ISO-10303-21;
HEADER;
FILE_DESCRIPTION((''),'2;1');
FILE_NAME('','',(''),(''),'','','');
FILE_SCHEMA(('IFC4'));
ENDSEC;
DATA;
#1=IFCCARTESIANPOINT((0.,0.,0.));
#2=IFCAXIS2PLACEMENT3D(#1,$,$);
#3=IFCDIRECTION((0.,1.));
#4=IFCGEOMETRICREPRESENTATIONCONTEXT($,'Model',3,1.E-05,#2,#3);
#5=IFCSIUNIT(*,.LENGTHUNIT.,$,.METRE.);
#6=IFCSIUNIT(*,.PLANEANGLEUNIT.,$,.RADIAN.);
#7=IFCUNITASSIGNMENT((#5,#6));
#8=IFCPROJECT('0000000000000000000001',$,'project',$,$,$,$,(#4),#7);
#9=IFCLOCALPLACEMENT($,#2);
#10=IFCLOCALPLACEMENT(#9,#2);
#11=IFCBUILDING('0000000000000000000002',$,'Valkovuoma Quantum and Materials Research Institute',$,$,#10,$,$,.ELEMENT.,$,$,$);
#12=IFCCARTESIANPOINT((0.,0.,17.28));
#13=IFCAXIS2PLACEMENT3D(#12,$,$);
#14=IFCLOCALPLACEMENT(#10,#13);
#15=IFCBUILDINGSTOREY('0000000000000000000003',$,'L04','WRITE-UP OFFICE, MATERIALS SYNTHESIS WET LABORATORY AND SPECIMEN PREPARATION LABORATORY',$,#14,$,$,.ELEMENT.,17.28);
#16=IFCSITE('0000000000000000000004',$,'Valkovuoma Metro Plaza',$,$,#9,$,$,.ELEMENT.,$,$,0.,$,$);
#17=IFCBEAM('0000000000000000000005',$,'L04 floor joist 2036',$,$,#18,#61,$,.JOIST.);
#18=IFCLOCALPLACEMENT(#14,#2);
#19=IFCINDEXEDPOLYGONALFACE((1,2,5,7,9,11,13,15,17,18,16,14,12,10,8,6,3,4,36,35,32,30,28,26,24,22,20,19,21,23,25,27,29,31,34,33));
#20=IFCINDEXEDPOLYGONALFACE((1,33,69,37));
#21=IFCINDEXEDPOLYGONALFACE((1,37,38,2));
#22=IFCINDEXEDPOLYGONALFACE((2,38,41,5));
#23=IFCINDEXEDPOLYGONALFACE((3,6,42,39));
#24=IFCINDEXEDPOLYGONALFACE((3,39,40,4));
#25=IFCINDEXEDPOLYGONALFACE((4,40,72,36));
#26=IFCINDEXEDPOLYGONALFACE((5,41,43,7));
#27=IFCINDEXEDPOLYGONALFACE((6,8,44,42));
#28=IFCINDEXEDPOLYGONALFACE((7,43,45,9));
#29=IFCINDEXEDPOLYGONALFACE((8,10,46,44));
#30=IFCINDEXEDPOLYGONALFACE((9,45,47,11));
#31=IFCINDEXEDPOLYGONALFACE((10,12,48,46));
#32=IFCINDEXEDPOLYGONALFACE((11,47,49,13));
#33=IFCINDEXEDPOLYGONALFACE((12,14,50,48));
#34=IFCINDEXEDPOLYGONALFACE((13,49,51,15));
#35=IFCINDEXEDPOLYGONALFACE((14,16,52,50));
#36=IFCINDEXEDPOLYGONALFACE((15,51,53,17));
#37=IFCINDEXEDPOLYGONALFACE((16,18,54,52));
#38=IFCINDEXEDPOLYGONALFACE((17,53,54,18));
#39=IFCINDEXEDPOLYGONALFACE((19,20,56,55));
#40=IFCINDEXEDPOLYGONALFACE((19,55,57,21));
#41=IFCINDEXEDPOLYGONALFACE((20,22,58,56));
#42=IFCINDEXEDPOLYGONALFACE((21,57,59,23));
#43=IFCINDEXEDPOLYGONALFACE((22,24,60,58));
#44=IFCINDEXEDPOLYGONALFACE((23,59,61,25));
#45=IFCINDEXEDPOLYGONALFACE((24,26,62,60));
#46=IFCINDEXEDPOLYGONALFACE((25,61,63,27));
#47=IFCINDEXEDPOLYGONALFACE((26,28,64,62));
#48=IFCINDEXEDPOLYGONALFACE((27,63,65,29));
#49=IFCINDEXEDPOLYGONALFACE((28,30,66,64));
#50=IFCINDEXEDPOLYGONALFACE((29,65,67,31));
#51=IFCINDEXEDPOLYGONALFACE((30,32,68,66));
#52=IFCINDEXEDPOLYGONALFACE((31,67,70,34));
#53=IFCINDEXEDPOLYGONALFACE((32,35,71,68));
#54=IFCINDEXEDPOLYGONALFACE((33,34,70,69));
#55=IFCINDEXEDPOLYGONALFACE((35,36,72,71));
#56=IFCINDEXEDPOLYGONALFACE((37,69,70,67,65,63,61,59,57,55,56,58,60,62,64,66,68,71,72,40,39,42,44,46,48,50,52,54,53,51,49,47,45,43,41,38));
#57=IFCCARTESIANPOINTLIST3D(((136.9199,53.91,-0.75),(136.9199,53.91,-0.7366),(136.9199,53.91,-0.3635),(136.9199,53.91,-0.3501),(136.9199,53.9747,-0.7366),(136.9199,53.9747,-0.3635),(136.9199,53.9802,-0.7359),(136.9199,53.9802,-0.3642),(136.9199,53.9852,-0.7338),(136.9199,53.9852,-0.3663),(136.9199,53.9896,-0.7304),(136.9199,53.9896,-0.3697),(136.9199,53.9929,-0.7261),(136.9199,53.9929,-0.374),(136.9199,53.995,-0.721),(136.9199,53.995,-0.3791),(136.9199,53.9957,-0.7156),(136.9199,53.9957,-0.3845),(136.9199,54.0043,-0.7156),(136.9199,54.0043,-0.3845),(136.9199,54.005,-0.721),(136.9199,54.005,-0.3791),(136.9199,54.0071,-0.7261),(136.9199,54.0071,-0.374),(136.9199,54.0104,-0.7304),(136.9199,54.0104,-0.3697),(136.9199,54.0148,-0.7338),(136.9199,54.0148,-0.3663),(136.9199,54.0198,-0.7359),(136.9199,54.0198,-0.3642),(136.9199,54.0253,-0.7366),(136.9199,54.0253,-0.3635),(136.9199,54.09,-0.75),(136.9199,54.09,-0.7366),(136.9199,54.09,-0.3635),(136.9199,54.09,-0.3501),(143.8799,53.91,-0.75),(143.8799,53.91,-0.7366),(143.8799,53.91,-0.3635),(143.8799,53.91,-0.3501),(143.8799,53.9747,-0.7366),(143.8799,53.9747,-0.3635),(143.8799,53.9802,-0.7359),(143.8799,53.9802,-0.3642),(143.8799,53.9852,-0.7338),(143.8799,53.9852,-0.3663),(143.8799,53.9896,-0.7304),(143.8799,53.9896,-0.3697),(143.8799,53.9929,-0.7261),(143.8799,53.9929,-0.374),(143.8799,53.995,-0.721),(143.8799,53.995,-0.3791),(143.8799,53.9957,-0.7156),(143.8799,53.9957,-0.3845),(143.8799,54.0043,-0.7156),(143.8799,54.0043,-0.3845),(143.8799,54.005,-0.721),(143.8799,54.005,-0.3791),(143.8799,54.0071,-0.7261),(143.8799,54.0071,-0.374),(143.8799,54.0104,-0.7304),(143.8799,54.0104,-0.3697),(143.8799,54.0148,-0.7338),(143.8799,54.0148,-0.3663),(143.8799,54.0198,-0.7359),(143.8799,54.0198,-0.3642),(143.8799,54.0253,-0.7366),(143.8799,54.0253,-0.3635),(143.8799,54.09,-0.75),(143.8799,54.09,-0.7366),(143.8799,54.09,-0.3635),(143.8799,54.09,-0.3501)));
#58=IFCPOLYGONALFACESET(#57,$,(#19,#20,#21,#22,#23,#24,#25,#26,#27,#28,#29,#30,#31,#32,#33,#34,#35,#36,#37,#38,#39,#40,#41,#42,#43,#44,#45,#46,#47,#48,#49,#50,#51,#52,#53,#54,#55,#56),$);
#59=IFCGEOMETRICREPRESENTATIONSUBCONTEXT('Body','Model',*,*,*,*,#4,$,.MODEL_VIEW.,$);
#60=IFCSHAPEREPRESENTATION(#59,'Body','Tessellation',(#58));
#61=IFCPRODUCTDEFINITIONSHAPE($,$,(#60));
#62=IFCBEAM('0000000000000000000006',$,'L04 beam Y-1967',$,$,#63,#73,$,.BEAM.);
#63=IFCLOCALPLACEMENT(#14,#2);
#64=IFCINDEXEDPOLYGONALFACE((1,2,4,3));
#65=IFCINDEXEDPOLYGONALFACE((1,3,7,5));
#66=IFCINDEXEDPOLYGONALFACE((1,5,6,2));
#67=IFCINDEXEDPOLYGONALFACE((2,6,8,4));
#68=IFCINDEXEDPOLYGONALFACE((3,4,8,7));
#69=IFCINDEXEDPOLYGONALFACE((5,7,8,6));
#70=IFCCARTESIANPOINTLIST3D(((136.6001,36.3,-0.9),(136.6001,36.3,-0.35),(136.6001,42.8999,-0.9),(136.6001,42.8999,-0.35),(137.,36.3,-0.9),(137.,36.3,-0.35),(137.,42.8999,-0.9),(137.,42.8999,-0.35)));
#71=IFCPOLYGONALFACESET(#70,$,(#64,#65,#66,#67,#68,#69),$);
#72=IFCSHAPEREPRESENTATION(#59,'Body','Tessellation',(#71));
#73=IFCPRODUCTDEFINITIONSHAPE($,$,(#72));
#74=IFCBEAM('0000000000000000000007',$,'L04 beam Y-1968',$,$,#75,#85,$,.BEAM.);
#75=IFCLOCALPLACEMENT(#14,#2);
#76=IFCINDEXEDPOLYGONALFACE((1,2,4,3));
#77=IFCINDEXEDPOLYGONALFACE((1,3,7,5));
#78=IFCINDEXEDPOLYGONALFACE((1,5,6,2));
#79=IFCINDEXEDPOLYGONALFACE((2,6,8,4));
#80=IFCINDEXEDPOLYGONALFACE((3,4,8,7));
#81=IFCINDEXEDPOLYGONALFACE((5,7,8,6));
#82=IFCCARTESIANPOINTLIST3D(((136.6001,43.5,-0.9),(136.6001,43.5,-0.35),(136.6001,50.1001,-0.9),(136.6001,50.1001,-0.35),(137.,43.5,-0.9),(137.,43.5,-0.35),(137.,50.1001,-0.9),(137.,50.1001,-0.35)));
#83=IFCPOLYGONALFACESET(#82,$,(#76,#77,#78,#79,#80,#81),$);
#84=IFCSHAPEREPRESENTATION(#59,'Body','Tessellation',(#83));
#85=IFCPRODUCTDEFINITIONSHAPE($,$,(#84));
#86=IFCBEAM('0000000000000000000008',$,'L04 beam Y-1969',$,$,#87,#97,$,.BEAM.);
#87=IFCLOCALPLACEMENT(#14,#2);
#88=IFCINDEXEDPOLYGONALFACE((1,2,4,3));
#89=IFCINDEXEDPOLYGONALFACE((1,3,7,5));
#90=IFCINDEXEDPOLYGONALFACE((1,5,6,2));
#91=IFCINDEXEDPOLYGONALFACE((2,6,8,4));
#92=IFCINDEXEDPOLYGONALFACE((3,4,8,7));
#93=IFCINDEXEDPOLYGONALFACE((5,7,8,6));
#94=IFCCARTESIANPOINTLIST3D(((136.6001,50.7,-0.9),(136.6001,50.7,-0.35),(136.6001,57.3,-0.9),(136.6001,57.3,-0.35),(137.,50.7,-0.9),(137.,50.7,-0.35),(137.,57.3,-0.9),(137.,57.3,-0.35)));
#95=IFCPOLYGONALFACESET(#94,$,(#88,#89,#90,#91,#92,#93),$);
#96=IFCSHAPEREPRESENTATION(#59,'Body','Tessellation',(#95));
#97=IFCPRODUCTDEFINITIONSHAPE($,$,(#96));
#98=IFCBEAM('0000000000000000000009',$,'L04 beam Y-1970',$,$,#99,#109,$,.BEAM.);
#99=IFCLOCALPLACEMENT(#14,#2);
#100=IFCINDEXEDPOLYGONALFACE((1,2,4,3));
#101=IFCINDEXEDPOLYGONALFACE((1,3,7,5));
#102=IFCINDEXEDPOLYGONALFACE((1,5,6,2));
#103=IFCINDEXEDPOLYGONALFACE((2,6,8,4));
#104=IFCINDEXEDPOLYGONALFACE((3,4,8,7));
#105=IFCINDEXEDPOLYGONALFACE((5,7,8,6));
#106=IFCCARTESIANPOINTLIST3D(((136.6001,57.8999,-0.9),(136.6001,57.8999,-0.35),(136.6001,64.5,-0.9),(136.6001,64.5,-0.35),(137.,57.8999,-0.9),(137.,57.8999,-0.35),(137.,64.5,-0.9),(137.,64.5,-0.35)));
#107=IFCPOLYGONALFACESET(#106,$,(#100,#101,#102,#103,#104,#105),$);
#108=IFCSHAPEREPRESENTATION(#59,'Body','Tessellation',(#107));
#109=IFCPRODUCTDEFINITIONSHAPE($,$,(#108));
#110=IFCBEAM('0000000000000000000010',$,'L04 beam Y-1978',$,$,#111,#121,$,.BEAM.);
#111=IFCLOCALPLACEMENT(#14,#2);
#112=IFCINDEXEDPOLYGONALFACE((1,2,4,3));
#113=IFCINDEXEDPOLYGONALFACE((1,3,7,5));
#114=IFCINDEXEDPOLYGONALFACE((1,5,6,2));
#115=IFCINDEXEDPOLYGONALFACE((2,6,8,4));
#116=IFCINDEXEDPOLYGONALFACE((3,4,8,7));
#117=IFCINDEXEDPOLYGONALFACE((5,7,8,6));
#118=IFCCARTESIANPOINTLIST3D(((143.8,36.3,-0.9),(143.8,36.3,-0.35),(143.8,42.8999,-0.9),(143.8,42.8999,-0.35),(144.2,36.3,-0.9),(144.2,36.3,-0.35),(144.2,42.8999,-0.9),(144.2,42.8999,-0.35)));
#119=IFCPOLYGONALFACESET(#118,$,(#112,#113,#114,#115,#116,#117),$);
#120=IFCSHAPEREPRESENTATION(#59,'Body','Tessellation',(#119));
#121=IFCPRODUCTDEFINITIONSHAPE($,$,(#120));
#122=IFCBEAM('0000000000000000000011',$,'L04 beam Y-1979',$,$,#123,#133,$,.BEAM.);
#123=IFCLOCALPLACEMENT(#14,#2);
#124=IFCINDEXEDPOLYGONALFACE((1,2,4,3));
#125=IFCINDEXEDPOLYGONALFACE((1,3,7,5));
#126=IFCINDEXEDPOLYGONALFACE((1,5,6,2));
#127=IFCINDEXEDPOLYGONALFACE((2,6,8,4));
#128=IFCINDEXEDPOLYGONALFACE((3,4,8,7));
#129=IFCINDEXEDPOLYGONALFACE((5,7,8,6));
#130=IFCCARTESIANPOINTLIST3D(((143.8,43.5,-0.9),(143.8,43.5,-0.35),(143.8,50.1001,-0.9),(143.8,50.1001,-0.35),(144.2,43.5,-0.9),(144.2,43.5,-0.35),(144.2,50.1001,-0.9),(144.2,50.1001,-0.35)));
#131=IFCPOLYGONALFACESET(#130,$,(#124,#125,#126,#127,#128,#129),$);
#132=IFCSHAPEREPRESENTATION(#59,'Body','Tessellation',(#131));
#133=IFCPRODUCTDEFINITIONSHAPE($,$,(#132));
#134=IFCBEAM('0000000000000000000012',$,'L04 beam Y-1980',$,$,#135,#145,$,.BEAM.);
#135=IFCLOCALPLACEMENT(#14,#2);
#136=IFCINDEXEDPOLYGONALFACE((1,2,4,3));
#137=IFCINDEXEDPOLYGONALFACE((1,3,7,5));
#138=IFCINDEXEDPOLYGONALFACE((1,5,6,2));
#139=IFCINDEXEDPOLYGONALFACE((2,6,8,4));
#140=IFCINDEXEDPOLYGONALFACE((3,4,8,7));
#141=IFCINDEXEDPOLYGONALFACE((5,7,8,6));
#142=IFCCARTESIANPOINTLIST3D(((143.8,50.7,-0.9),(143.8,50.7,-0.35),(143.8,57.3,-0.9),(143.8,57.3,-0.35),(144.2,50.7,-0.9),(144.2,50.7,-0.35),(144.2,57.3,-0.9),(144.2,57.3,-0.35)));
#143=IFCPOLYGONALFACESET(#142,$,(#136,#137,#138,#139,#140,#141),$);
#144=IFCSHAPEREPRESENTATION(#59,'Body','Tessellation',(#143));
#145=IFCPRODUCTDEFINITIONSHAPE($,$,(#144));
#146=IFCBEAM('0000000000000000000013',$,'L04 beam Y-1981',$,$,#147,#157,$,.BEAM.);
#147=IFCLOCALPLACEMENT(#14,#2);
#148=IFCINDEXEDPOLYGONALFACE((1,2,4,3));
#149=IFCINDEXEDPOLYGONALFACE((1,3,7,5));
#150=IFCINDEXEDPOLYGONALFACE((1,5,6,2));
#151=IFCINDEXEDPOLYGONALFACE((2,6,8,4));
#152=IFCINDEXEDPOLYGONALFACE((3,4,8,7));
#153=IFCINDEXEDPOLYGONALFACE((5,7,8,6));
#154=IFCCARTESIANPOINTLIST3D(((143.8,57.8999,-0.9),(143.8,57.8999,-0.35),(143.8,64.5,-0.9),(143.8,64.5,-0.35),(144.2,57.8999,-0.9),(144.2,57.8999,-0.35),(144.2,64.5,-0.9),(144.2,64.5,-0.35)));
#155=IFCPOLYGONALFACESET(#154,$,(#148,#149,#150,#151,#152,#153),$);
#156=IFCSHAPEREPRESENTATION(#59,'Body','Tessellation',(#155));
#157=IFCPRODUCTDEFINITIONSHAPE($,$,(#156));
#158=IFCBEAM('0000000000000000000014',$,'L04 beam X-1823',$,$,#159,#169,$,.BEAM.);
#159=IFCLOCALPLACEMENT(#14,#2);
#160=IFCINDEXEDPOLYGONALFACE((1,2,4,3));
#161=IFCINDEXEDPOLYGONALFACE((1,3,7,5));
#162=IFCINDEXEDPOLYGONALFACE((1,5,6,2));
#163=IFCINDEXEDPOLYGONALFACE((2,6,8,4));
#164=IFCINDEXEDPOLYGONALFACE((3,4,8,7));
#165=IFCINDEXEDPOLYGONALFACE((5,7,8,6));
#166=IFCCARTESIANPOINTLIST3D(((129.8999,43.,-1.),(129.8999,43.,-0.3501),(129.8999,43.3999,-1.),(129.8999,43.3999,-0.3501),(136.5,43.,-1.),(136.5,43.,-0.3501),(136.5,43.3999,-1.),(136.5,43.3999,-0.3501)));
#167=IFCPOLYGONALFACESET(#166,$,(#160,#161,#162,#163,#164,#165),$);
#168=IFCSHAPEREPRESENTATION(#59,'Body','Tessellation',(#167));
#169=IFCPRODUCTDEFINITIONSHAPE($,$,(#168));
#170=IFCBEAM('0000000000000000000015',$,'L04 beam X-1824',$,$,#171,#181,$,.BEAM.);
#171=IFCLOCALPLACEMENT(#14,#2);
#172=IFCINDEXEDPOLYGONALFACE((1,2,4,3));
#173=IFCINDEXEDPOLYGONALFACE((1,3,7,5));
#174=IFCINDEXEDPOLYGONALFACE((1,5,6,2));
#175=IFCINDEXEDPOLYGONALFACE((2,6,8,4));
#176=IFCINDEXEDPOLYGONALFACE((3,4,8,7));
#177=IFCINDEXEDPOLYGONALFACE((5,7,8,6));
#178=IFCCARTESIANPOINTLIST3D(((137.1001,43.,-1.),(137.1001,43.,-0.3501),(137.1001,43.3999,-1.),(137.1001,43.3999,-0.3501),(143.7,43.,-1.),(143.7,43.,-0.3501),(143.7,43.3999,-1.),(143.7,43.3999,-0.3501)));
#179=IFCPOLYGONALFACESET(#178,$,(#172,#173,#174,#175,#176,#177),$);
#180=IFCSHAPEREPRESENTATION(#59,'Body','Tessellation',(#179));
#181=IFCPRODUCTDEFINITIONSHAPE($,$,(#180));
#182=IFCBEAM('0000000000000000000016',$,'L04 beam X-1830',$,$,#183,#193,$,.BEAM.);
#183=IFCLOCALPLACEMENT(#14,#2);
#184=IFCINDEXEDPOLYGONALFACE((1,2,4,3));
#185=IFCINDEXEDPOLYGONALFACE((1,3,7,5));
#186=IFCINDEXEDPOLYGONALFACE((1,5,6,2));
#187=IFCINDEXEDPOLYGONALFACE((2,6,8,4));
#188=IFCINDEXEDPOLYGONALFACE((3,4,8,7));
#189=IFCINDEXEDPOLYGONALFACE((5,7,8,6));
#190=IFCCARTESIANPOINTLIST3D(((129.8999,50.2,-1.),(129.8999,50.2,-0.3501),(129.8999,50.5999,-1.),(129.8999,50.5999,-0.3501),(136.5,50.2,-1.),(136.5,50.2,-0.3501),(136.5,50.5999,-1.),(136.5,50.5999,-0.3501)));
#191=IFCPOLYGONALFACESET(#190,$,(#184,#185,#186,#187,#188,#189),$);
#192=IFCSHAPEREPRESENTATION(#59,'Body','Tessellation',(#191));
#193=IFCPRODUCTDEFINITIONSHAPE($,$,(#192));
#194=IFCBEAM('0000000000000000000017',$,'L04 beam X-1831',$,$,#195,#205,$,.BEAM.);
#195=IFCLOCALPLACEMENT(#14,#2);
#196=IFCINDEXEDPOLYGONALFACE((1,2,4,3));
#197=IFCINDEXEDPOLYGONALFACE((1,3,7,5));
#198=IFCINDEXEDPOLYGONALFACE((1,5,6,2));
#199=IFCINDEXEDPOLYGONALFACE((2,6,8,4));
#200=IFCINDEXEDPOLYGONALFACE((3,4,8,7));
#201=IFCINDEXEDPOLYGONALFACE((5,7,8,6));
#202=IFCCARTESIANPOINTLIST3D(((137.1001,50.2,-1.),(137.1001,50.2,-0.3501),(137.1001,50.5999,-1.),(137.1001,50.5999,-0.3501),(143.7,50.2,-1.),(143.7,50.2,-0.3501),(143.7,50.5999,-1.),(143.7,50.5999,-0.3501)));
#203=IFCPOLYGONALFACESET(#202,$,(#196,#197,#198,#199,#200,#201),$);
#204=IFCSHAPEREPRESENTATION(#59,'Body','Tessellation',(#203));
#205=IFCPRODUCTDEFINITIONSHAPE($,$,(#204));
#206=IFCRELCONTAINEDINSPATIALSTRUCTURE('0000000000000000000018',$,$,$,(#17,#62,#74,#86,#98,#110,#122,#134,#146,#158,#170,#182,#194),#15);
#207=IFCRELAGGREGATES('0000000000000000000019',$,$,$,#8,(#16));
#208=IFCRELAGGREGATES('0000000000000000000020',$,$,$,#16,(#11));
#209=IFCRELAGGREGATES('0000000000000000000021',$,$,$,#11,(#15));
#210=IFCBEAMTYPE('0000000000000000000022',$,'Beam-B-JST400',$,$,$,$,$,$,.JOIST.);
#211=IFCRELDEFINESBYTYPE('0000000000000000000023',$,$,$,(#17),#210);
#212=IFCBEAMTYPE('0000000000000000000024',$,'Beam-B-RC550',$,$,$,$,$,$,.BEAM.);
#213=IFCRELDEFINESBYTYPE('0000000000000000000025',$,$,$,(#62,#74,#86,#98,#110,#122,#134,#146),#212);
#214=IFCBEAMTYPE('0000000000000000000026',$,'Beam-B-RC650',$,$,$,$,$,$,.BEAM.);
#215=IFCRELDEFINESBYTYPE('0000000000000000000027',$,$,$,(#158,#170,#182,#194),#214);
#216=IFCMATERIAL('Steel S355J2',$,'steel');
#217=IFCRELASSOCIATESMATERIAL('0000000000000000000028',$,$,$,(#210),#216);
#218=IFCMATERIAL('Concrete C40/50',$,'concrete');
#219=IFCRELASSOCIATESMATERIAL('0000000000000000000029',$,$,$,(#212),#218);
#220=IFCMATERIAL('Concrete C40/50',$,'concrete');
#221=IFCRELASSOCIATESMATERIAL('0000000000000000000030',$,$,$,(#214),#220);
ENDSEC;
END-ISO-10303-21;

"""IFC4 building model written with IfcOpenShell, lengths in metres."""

from ifc_helpers import new_model, si_unit, direction, frame, origin, origin_2d, place, context, subcontext, project, spatial, rectangle, i_section, extrude, material, material_profile, profile_set, type_object, element, save


model = new_model("IFC4")

# Units and contexts
model_context = context("Model", 3, precision=1e-05, world=origin(), true_north=direction((0.0, 1.0)))
body_context = subcontext(model_context, "Body", "Model", "MODEL_VIEW")
ifc_project = project(units=[si_unit("LENGTHUNIT", "METRE"), si_unit("PLANEANGLEUNIT", "RADIAN")], contexts=[model_context])

# Site, building, storey
site_placement = place(None, origin())
site = spatial("IfcSite", under=ifc_project, at=site_placement, Name="Valkovuoma Metro Plaza", CompositionType="ELEMENT", RefElevation=0.0)
building_placement = place(site_placement, origin())
building = spatial("IfcBuilding", under=site, at=building_placement, Name="Valkovuoma Quantum and Materials Research Institute", CompositionType="ELEMENT")
storey_placement = place(building_placement, frame((0.0, 0.0, 17.28)))
storey = spatial("IfcBuildingStorey", under=building, at=storey_placement, Name="L04", Description="WRITE-UP OFFICE, MATERIALS SYNTHESIS WET LABORATORY AND SPECIMEN PREPARATION LABORATORY", CompositionType="ELEMENT", Elevation=17.28)

# Beams
ifc_material_1 = material(Name="Steel S355J2", Category="steel")
ifc_material_profile_1 = material_profile(ifc_material_1, i_section(OverallWidth=0.1799, OverallDepth=0.3999, WebThickness=0.0085, FlangeThickness=0.0134, FilletRadius=0.021, at=origin_2d()), Name="Steel S355J2")
ifc_profile_set_1 = profile_set([ifc_material_profile_1], Name="Steel S355J2")
beam_type_1 = type_object("IfcBeamType", Name="Beam-B-JST400", PredefinedType="JOIST", material=ifc_profile_set_1)
for number, where, z_axis, x_axis, name in (
    (1, (136.9199, 54.0, -0.55), (1.0, 0.0, 0.0), (0.0, 1.0, 0.0), "L04 floor joist 2036"),
):
    element("IfcBeam", number, at=place(storey_placement, frame(where, z_axis=z_axis, x_axis=x_axis)), inside=storey, type_object=beam_type_1, Name=name, PredefinedType="JOIST", context=body_context, shape_type="SweptSolid", body=[
        extrude(i_section(OverallWidth=0.1799, OverallDepth=0.3999, WebThickness=0.0085, FlangeThickness=0.0134, FilletRadius=0.021, at=origin_2d()), origin(), (0.0, 0.0, 1.0), 6.96),
    ])
ifc_material_2 = material(Name="Concrete C40/50", Category="concrete")
ifc_material_profile_2 = material_profile(ifc_material_2, rectangle(XDim=0.3999, YDim=0.55, at=origin_2d()), Name="Concrete C40/50")
ifc_profile_set_2 = profile_set([ifc_material_profile_2], Name="Concrete C40/50")
beam_type_2 = type_object("IfcBeamType", Name="Beam-B-RC550", PredefinedType="BEAM", material=ifc_profile_set_2)
beam_1_placement = place(storey_placement, frame((136.8, 36.3, -0.625), z_axis=(0.0, 1.0, 0.0), x_axis=(-1.0, 0.0, 0.0)))
element("IfcBeam", 2, at=beam_1_placement, inside=storey, type_object=beam_type_2, Name="L04 beam Y-1967", PredefinedType="BEAM", context=body_context, shape_type="SweptSolid", body=[
    extrude(rectangle(XDim=0.3999, YDim=0.55, at=origin_2d()), origin(), (0.0, 0.0, 1.0), 6.5999),
])
for number, where, z_axis, x_axis, name in (
    (3, (136.8, 43.5, -0.625), (0.0, 1.0, 0.0), (-1.0, 0.0, 0.0), "L04 beam Y-1968"),
    (4, (136.8, 50.7, -0.625), (0.0, 1.0, 0.0), (-1.0, 0.0, 0.0), "L04 beam Y-1969"),
    (5, (136.8, 57.8999, -0.625), (0.0, 1.0, 0.0), (-1.0, 0.0, 0.0), "L04 beam Y-1970"),
):
    element("IfcBeam", number, at=place(storey_placement, frame(where, z_axis=z_axis, x_axis=x_axis)), inside=storey, type_object=beam_type_2, Name=name, PredefinedType="BEAM", context=body_context, shape_type="SweptSolid", body=[
        extrude(rectangle(XDim=0.3999, YDim=0.55, at=origin_2d()), origin(), (0.0, 0.0, 1.0), 6.6001),
    ])
beam_2_placement = place(storey_placement, frame((144.0, 36.3, -0.625), z_axis=(0.0, 1.0, 0.0), x_axis=(-1.0, 0.0, 0.0)))
element("IfcBeam", 6, at=beam_2_placement, inside=storey, type_object=beam_type_2, Name="L04 beam Y-1978", PredefinedType="BEAM", context=body_context, shape_type="SweptSolid", body=[
    extrude(rectangle(XDim=0.3999, YDim=0.55, at=origin_2d()), origin(), (0.0, 0.0, 1.0), 6.5999),
])
for number, where, z_axis, x_axis, name in (
    (7, (144.0, 43.5, -0.625), (0.0, 1.0, 0.0), (-1.0, 0.0, 0.0), "L04 beam Y-1979"),
    (8, (144.0, 50.7, -0.625), (0.0, 1.0, 0.0), (-1.0, 0.0, 0.0), "L04 beam Y-1980"),
    (9, (144.0, 57.8999, -0.625), (0.0, 1.0, 0.0), (-1.0, 0.0, 0.0), "L04 beam Y-1981"),
):
    element("IfcBeam", number, at=place(storey_placement, frame(where, z_axis=z_axis, x_axis=x_axis)), inside=storey, type_object=beam_type_2, Name=name, PredefinedType="BEAM", context=body_context, shape_type="SweptSolid", body=[
        extrude(rectangle(XDim=0.3999, YDim=0.55, at=origin_2d()), origin(), (0.0, 0.0, 1.0), 6.6001),
    ])
ifc_material_3 = material(Name="Concrete C40/50", Category="concrete")
ifc_material_profile_3 = material_profile(ifc_material_3, rectangle(XDim=0.3999, YDim=0.6499, at=origin_2d()), Name="Concrete C40/50")
ifc_profile_set_3 = profile_set([ifc_material_profile_3], Name="Concrete C40/50")
beam_type_3 = type_object("IfcBeamType", Name="Beam-B-RC650", PredefinedType="BEAM", material=ifc_profile_set_3)
beam_3_placement = place(storey_placement, frame((129.8999, 43.2, -0.675), z_axis=(1.0, 0.0, 0.0), x_axis=(0.0, 1.0, 0.0)))
element("IfcBeam", 10, at=beam_3_placement, inside=storey, type_object=beam_type_3, Name="L04 beam X-1823", PredefinedType="BEAM", context=body_context, shape_type="SweptSolid", body=[
    extrude(rectangle(XDim=0.3999, YDim=0.6499, at=origin_2d()), origin(), (0.0, 0.0, 1.0), 6.6001),
])
beam_4_placement = place(storey_placement, frame((137.1001, 43.2, -0.675), z_axis=(1.0, 0.0, 0.0), x_axis=(0.0, 1.0, 0.0)))
element("IfcBeam", 11, at=beam_4_placement, inside=storey, type_object=beam_type_3, Name="L04 beam X-1824", PredefinedType="BEAM", context=body_context, shape_type="SweptSolid", body=[
    extrude(rectangle(XDim=0.3999, YDim=0.6499, at=origin_2d()), origin(), (0.0, 0.0, 1.0), 6.5999),
])
beam_5_placement = place(storey_placement, frame((129.8999, 50.3999, -0.675), z_axis=(1.0, 0.0, 0.0), x_axis=(0.0, 1.0, 0.0)))
element("IfcBeam", 12, at=beam_5_placement, inside=storey, type_object=beam_type_3, Name="L04 beam X-1830", PredefinedType="BEAM", context=body_context, shape_type="SweptSolid", body=[
    extrude(rectangle(XDim=0.3999, YDim=0.6499, at=origin_2d()), origin(), (0.0, 0.0, 1.0), 6.6001),
])
beam_6_placement = place(storey_placement, frame((137.1001, 50.3999, -0.675), z_axis=(1.0, 0.0, 0.0), x_axis=(0.0, 1.0, 0.0)))
element("IfcBeam", 13, at=beam_6_placement, inside=storey, type_object=beam_type_3, Name="L04 beam X-1831", PredefinedType="BEAM", context=body_context, shape_type="SweptSolid", body=[
    extrude(rectangle(XDim=0.3999, YDim=0.6499, at=origin_2d()), origin(), (0.0, 0.0, 1.0), 6.5999),
])

save(model, "model.ifc")
